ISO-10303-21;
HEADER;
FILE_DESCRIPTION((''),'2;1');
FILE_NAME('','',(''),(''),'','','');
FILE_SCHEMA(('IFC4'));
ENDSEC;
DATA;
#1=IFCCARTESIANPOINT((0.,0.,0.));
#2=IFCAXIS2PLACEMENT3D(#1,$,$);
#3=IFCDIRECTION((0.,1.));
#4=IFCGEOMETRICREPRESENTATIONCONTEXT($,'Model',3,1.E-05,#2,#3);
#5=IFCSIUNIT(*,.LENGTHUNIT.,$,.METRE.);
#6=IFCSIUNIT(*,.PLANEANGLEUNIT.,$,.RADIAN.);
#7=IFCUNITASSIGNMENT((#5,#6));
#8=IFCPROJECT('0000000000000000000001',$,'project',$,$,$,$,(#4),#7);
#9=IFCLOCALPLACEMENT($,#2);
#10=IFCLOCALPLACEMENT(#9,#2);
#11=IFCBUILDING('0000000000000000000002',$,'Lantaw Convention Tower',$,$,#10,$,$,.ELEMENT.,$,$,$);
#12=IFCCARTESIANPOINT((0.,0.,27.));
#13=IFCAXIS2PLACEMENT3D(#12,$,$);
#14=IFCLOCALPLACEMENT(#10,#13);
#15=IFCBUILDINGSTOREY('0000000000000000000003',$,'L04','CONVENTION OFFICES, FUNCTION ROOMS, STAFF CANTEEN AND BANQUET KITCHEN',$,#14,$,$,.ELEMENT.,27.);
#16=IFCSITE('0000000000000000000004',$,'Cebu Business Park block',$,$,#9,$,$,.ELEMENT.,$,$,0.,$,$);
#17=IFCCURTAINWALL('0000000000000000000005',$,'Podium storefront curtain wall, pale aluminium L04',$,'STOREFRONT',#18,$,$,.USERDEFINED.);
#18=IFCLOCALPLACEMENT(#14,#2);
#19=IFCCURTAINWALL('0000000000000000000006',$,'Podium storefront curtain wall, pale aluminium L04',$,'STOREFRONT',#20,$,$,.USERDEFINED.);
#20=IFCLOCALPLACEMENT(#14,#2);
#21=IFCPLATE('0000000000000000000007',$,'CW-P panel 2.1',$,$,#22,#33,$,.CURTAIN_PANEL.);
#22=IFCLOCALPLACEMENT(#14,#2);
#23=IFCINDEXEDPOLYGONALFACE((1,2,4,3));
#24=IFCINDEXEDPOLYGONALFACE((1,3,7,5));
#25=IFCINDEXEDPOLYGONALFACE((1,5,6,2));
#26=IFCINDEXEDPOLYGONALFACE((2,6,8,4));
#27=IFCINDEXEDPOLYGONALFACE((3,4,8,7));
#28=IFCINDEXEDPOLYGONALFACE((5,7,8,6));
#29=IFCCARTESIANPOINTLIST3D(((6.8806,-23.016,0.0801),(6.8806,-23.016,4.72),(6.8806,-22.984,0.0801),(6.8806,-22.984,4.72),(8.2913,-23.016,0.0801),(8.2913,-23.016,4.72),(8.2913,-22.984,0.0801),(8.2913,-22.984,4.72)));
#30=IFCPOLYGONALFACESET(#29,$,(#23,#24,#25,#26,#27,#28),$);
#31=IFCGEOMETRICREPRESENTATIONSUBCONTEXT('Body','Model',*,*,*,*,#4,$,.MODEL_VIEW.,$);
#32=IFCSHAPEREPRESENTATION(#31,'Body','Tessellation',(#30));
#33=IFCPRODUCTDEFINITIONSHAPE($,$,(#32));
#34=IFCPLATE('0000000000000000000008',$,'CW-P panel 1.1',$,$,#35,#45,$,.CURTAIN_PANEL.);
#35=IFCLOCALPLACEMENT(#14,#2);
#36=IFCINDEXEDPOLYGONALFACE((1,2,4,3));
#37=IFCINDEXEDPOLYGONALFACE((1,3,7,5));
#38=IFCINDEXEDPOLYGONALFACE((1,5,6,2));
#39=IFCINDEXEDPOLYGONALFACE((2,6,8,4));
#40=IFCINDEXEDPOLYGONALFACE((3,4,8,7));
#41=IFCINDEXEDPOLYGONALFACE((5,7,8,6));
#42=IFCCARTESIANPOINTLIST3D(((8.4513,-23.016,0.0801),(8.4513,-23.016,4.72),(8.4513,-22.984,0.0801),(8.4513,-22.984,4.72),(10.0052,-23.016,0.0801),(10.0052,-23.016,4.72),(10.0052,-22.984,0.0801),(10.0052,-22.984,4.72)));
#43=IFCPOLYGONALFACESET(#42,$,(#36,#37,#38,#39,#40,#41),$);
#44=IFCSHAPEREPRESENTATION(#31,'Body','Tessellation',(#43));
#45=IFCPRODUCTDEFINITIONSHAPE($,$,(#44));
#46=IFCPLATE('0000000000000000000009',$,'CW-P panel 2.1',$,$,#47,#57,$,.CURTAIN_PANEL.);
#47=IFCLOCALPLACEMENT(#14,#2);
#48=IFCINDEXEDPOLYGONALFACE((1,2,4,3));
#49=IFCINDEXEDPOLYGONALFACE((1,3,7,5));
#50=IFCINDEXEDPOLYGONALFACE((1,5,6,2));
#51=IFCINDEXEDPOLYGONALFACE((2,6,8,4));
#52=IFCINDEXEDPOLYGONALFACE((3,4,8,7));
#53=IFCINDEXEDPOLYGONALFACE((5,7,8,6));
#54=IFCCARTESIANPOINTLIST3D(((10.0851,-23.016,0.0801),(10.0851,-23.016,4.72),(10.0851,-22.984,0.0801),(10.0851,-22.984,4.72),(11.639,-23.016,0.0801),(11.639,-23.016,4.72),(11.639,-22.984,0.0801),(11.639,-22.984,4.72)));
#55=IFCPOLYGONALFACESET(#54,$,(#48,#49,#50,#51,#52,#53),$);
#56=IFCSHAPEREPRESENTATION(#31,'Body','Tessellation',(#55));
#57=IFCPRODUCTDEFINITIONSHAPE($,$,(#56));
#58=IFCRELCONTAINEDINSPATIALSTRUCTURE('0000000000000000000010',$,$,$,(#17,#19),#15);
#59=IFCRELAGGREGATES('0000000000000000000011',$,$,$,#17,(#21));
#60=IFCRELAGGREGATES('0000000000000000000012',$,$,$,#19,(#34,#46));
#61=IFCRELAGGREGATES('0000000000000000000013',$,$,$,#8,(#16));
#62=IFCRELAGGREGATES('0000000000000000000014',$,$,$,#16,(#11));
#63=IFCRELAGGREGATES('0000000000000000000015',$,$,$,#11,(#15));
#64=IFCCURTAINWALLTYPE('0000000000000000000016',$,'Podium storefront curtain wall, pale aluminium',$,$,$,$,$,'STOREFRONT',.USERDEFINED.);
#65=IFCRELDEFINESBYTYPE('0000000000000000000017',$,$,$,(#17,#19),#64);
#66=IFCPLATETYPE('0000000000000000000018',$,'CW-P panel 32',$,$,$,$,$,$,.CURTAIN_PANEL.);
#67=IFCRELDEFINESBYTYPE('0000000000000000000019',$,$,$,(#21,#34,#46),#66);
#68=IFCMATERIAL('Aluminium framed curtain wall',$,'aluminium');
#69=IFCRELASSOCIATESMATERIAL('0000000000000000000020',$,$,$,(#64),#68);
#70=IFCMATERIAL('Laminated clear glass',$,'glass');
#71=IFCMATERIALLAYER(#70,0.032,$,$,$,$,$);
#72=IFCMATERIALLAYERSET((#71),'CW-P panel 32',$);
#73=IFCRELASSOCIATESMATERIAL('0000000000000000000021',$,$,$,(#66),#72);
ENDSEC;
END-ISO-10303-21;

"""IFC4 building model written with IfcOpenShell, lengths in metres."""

from ifc_helpers import new_model, si_unit, direction, frame, origin, origin_2d, place, context, subcontext, project, spatial, rectangle, extrude, material, layer, layer_set, type_object, element, aggregate, save


model = new_model("IFC4")

# Units and contexts
model_context = context("Model", 3, precision=1e-05, world=origin(), true_north=direction((0.0, 1.0)))
body_context = subcontext(model_context, "Body", "Model", "MODEL_VIEW")
ifc_project = project(units=[si_unit("LENGTHUNIT", "METRE"), si_unit("PLANEANGLEUNIT", "RADIAN")], contexts=[model_context])

# Site, building, storey
site_placement = place(None, origin())
site = spatial("IfcSite", under=ifc_project, at=site_placement, Name="Cebu Business Park block", CompositionType="ELEMENT", RefElevation=0.0)
building_placement = place(site_placement, origin())
building = spatial("IfcBuilding", under=site, at=building_placement, Name="Lantaw Convention Tower", CompositionType="ELEMENT")
storey_placement = place(building_placement, frame((0.0, 0.0, 27.0)))
storey = spatial("IfcBuildingStorey", under=building, at=storey_placement, Name="L04", Description="CONVENTION OFFICES, FUNCTION ROOMS, STAFF CANTEEN AND BANQUET KITCHEN", CompositionType="ELEMENT", Elevation=27.0)

# Curtain walls
ifc_material_1 = material(Name="Aluminium framed curtain wall", Category="aluminium")
curtain_wall_type = type_object("IfcCurtainWallType", Name="Podium storefront curtain wall, pale aluminium", ElementType="STOREFRONT", PredefinedType="USERDEFINED", material=ifc_material_1)
curtain_wall_1_placement = place(storey_placement, origin())
curtain_wall_1 = element("IfcCurtainWall", 1, at=curtain_wall_1_placement, inside=storey, type_object=curtain_wall_type, Name="Podium storefront curtain wall, pale aluminium L04", ObjectType="STOREFRONT", PredefinedType="USERDEFINED")
curtain_wall_2_placement = place(storey_placement, origin())
curtain_wall_2 = element("IfcCurtainWall", 2, at=curtain_wall_2_placement, inside=storey, type_object=curtain_wall_type, Name="Podium storefront curtain wall, pale aluminium L04", ObjectType="STOREFRONT", PredefinedType="USERDEFINED")

# Plates
ifc_material_2 = material(Name="Laminated clear glass", Category="glass")
ifc_layer = layer(ifc_material_2, 0.032)
ifc_layer_set = layer_set([ifc_layer], Name="CW-P panel 32")
plate_type = type_object("IfcPlateType", Name="CW-P panel 32", PredefinedType="CURTAIN_PANEL", material=ifc_layer_set)
plate_1_placement = place(storey_placement, frame((7.5859, -23.0, 0.0801), z_axis=(0.0, 0.0, 1.0), x_axis=(1.0, 0.0, 0.0)))
plate_1 = element("IfcPlate", 3, at=plate_1_placement, type_object=plate_type, Name="CW-P panel 2.1", PredefinedType="CURTAIN_PANEL", context=body_context, shape_type="SweptSolid", body=[
    extrude(rectangle(XDim=1.4106, YDim=0.032, at=origin_2d()), origin(), (0.0, 0.0, 1.0), 4.6399),
])
aggregate(curtain_wall_1, [plate_1])
plate_2_placement = place(storey_placement, frame((9.2283, -23.0, 0.0801), z_axis=(0.0, 0.0, 1.0), x_axis=(1.0, 0.0, 0.0)))
plate_2 = element("IfcPlate", 4, at=plate_2_placement, type_object=plate_type, Name="CW-P panel 1.1", PredefinedType="CURTAIN_PANEL", context=body_context, shape_type="SweptSolid", body=[
    extrude(rectangle(XDim=1.554, YDim=0.032, at=origin_2d()), origin(), (0.0, 0.0, 1.0), 4.6399),
])
plate_3_placement = place(storey_placement, frame((10.8621, -23.0, 0.0801), z_axis=(0.0, 0.0, 1.0), x_axis=(1.0, 0.0, 0.0)))
plate_3 = element("IfcPlate", 5, at=plate_3_placement, type_object=plate_type, Name="CW-P panel 2.1", PredefinedType="CURTAIN_PANEL", context=body_context, shape_type="SweptSolid", body=[
    extrude(rectangle(XDim=1.554, YDim=0.032, at=origin_2d()), origin(), (0.0, 0.0, 1.0), 4.6399),
])
aggregate(curtain_wall_2, [plate_2, plate_3])

save(model, "model.ifc")
